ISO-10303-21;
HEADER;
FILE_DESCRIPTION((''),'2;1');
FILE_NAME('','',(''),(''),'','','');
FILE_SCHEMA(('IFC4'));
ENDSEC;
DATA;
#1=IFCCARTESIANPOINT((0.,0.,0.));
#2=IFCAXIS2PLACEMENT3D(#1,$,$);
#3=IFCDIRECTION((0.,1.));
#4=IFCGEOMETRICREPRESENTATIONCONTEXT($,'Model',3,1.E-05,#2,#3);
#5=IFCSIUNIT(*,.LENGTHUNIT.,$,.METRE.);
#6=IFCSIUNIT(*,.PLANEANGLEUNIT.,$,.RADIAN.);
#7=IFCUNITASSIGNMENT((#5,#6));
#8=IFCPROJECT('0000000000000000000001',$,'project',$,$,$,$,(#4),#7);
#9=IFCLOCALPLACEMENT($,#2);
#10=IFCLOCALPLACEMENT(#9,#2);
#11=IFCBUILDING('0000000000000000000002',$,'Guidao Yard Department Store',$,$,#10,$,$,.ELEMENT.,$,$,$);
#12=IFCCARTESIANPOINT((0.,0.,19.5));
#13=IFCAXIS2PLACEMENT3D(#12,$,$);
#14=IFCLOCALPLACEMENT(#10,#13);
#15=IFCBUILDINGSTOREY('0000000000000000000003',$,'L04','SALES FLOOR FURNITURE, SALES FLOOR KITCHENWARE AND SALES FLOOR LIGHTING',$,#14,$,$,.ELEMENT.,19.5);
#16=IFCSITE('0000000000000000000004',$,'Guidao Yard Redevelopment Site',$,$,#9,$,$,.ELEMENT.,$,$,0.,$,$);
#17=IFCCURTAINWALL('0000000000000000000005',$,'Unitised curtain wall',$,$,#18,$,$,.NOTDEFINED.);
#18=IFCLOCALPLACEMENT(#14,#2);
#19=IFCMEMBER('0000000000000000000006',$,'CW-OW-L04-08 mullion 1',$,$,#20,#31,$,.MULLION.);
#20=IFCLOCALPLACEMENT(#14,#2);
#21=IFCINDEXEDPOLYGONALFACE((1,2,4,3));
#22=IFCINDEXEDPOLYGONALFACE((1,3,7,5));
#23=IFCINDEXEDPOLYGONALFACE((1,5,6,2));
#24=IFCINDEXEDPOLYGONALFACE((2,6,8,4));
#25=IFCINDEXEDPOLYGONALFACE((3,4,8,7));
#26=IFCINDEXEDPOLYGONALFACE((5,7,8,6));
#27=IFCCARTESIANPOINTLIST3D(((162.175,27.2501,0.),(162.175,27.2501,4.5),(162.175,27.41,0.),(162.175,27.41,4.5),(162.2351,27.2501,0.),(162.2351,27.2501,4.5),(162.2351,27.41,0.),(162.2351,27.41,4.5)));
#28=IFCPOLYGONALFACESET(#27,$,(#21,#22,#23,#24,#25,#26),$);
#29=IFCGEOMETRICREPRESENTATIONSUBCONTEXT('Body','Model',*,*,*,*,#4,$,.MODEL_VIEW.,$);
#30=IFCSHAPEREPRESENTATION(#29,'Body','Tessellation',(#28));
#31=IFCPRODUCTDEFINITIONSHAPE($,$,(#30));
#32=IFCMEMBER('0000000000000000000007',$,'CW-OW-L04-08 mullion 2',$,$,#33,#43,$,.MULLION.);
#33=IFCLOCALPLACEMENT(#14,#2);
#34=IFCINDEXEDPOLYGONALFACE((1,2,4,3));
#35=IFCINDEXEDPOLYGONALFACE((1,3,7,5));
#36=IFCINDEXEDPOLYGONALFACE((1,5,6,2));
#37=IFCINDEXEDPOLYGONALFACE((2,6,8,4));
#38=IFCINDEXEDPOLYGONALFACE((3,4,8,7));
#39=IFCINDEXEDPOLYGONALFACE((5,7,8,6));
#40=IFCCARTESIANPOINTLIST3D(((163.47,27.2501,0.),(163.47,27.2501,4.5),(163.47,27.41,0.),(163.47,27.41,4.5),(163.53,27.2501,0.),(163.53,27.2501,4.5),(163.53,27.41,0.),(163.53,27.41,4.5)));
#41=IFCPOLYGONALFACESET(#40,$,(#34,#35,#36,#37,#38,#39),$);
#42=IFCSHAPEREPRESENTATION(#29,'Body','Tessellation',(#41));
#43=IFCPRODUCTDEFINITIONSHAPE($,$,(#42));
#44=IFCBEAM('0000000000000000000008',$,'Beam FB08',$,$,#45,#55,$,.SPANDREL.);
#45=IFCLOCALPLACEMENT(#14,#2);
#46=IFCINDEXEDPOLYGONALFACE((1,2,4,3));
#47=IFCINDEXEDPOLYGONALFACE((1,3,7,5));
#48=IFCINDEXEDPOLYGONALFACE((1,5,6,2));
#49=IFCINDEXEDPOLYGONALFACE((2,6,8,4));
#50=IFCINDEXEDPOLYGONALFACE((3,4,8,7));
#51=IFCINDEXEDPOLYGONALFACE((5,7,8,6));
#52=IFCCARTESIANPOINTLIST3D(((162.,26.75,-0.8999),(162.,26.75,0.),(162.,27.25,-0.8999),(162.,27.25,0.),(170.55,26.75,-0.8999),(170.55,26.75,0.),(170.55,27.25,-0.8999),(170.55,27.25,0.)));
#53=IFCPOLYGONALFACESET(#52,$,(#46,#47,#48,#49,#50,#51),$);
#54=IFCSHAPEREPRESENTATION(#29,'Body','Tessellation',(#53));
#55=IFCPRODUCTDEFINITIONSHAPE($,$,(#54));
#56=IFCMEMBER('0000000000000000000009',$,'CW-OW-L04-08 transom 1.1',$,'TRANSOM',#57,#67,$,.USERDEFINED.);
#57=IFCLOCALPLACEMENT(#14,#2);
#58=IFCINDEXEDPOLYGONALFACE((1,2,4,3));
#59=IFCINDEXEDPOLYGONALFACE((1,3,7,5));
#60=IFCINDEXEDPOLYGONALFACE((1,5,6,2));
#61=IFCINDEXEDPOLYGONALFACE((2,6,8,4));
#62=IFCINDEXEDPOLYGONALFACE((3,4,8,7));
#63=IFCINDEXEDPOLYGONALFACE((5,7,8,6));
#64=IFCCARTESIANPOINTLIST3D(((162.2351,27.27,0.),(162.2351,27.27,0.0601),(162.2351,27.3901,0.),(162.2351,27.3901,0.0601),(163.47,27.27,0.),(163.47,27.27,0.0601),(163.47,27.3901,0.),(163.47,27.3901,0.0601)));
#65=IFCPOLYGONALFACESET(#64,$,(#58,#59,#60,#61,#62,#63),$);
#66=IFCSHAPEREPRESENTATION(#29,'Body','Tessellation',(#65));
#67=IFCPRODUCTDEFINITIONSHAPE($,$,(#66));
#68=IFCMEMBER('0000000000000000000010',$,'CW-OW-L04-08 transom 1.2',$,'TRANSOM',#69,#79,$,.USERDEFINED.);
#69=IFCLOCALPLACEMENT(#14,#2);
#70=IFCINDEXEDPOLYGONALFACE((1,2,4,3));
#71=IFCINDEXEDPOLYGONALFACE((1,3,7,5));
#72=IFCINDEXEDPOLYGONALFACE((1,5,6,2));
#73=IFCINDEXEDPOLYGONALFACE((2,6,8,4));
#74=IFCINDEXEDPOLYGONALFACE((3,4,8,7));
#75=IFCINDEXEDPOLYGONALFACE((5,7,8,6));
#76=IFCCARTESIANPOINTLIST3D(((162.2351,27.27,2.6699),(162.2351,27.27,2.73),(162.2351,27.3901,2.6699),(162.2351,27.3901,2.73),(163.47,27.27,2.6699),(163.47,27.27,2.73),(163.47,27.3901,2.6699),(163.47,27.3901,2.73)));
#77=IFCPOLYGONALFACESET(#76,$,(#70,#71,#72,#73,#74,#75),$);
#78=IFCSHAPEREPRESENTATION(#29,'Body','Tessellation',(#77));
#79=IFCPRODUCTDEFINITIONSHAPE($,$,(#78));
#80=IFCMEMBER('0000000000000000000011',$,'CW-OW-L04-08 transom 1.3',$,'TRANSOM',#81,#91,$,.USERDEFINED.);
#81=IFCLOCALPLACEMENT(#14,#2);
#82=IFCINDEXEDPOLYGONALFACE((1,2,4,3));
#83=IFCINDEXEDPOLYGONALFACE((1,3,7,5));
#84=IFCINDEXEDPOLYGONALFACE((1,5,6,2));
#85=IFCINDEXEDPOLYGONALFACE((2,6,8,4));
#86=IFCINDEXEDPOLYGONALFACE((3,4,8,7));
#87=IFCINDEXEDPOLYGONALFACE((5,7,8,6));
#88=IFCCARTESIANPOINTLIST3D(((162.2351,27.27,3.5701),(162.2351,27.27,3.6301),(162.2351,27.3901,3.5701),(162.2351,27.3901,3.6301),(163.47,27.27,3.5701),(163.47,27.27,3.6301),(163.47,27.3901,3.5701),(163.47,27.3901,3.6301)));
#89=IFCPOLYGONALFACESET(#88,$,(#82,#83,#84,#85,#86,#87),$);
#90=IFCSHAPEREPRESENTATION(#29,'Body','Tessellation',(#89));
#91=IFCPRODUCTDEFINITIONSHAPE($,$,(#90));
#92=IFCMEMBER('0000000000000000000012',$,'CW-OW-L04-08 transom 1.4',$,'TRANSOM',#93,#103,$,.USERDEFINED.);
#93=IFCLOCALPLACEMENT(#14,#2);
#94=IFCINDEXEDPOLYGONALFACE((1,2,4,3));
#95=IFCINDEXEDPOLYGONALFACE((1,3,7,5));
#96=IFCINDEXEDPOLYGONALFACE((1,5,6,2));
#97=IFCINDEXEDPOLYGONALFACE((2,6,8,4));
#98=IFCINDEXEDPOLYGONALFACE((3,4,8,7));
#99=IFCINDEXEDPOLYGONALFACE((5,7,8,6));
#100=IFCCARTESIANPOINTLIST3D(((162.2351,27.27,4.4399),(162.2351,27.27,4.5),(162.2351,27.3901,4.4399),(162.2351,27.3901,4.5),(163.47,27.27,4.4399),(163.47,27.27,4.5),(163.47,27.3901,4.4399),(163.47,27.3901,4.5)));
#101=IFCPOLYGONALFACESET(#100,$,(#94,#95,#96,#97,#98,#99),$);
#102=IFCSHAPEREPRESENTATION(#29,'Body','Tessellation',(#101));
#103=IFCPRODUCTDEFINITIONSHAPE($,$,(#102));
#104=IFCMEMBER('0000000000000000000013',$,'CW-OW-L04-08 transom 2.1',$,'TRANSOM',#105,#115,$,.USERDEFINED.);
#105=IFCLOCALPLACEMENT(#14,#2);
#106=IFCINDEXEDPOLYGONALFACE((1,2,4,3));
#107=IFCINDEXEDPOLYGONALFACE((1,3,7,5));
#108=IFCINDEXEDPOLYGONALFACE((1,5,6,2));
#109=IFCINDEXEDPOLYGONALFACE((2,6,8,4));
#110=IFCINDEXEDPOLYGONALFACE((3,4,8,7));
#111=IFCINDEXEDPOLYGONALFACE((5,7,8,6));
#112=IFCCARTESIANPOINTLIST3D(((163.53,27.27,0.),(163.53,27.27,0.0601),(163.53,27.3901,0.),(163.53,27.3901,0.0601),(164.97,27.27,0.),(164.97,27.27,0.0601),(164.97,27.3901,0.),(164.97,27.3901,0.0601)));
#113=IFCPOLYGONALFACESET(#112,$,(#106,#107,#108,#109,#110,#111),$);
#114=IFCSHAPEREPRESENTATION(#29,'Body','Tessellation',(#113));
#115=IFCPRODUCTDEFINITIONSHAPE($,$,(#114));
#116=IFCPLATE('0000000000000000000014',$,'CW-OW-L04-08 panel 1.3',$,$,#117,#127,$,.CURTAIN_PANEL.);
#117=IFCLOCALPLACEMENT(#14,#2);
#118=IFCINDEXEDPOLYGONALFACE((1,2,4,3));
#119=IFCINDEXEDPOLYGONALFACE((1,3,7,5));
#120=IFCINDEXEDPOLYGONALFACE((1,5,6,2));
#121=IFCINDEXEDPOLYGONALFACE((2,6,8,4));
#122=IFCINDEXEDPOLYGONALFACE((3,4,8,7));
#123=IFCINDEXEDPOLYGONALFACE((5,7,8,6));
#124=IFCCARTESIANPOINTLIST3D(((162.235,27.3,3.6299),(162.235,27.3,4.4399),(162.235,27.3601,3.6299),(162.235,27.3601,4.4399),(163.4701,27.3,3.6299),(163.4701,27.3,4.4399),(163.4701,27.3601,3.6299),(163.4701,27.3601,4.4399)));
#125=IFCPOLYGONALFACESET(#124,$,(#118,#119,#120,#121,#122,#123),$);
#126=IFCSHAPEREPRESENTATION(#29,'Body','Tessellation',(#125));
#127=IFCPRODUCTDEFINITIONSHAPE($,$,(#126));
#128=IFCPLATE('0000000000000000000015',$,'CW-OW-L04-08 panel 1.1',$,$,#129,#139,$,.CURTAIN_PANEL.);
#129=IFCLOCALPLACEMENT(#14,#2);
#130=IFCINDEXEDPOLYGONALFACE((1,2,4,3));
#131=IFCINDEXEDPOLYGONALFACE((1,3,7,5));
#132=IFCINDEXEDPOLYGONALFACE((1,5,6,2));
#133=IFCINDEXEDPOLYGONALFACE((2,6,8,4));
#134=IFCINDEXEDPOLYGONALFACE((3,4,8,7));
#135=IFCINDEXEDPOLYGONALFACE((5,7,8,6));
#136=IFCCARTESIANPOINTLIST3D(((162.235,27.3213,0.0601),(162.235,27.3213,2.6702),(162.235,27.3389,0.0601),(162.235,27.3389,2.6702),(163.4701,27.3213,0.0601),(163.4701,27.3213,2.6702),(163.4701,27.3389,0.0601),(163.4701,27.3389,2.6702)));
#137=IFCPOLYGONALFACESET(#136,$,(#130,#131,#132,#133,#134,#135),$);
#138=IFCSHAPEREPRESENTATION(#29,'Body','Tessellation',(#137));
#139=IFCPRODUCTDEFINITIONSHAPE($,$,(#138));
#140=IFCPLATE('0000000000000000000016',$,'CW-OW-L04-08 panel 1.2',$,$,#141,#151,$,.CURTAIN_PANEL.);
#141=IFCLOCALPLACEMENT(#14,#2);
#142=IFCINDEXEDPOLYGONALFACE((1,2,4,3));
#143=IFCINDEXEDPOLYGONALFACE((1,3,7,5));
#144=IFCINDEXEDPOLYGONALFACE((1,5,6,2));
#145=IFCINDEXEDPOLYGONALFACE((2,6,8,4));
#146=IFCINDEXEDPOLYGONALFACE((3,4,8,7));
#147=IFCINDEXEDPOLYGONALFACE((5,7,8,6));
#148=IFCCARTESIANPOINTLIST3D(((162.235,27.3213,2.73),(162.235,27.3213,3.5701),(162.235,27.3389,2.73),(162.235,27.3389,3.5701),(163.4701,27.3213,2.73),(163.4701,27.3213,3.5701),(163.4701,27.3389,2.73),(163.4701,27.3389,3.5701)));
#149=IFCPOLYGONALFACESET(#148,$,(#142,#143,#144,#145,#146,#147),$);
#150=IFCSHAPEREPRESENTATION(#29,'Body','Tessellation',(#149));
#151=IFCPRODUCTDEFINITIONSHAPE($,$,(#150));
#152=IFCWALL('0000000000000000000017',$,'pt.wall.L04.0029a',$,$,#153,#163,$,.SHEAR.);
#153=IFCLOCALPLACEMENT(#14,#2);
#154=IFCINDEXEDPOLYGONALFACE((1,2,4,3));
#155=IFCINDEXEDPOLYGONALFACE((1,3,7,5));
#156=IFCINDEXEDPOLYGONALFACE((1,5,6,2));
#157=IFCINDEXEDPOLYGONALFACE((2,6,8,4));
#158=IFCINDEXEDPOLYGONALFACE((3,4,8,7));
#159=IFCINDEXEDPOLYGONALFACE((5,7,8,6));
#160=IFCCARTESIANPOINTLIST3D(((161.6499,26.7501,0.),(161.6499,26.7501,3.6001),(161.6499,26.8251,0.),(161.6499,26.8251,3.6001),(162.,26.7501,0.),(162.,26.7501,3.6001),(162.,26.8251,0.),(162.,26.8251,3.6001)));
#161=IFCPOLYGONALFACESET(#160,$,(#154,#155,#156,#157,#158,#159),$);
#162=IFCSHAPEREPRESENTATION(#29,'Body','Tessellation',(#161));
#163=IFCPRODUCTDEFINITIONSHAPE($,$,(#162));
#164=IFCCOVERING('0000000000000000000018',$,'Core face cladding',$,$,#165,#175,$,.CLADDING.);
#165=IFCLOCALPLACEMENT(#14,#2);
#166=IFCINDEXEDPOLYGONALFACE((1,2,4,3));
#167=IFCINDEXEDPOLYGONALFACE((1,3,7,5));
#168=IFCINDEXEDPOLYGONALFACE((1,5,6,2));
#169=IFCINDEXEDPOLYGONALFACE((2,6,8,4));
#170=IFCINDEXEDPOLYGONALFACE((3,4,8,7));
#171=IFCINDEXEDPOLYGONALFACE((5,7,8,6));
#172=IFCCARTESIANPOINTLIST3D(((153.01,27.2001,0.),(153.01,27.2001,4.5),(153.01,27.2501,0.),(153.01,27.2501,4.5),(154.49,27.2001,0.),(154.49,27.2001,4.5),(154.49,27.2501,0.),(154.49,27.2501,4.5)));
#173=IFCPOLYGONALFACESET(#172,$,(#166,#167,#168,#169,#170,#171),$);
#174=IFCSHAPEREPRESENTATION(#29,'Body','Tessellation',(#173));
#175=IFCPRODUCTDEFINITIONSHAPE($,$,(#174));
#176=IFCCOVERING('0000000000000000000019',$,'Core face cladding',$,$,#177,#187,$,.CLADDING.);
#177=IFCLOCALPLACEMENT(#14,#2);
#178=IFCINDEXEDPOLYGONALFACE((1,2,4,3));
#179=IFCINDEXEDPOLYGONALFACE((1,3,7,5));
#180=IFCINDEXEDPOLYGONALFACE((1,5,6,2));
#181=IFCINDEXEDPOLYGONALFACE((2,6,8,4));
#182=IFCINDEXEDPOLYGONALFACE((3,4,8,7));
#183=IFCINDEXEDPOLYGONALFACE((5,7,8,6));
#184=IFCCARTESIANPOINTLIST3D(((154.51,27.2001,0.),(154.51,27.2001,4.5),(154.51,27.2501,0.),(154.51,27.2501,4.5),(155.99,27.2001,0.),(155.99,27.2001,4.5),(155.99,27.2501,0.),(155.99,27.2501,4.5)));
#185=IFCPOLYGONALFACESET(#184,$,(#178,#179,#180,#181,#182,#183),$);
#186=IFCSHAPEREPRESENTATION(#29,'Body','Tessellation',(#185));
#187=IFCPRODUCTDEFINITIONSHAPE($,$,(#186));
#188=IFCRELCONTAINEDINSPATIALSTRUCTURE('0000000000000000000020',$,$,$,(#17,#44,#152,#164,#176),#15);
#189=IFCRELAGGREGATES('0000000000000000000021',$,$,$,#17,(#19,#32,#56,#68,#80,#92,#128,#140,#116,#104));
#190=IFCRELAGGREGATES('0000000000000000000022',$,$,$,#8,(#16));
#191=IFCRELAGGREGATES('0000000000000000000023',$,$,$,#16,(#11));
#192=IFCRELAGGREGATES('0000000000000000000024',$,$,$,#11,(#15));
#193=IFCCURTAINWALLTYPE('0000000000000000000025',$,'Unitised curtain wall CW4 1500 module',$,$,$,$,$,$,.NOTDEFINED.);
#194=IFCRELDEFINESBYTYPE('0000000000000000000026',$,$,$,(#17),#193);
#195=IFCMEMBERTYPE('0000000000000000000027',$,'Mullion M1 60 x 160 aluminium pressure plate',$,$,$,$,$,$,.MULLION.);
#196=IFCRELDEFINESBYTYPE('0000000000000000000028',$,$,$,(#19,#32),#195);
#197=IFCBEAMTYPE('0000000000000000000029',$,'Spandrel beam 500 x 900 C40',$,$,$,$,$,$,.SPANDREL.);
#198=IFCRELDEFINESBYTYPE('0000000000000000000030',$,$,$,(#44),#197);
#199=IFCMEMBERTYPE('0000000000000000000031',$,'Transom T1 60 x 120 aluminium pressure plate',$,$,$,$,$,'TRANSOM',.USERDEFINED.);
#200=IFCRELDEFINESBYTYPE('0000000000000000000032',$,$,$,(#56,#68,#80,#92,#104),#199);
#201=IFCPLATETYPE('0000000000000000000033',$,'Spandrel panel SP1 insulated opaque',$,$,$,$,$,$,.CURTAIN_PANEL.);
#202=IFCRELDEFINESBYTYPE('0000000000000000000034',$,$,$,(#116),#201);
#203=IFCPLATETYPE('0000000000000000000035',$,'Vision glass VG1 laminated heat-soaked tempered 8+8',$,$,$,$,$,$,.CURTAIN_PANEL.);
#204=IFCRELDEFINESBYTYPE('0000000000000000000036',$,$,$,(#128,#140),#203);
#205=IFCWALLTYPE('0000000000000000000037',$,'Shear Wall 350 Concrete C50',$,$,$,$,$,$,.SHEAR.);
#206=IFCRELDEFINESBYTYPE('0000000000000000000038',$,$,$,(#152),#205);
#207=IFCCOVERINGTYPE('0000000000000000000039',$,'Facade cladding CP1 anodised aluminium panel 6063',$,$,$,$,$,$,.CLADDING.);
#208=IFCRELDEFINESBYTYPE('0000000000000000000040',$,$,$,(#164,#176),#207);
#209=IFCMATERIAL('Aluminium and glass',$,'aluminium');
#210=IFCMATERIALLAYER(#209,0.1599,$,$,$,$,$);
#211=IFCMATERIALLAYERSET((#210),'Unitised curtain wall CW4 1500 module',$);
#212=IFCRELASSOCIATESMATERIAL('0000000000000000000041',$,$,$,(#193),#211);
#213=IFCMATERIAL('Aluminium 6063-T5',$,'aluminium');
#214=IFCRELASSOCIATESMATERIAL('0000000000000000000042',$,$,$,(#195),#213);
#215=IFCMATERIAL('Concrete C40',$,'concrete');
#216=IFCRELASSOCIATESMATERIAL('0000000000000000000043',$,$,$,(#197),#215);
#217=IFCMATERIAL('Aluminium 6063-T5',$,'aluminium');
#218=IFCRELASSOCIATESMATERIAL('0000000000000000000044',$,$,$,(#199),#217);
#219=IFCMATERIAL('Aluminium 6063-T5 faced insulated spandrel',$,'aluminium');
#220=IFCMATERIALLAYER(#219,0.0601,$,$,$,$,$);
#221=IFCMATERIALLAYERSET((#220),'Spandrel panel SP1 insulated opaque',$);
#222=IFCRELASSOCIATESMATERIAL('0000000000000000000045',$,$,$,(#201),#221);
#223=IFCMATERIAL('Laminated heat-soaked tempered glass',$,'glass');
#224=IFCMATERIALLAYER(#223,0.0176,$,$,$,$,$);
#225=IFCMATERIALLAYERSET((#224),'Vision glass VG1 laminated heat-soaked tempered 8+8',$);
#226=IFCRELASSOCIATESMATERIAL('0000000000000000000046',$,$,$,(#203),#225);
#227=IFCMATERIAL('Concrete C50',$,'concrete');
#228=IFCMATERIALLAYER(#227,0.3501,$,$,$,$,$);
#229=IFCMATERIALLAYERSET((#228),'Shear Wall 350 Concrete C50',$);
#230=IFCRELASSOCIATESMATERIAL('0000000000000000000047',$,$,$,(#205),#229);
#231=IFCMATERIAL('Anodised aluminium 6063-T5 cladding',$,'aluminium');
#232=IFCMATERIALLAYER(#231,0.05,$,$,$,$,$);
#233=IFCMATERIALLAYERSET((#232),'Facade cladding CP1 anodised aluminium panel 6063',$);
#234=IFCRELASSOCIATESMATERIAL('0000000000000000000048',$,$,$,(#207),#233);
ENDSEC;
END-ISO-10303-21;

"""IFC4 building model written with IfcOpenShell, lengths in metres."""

from ifc_helpers import new_model, si_unit, direction, frame, frame_2d, origin, origin_2d, place, context, subcontext, project, spatial, rectangle, extrude, material, layer, layer_set, material_profile, profile_set, type_object, element, aggregate, save


model = new_model("IFC4")

# Units and contexts
model_context = context("Model", 3, precision=1e-05, world=origin(), true_north=direction((0.0, 1.0)))
body_context = subcontext(model_context, "Body", "Model", "MODEL_VIEW")
ifc_project = project(units=[si_unit("LENGTHUNIT", "METRE"), si_unit("PLANEANGLEUNIT", "RADIAN")], contexts=[model_context])

# Site, building, storey
site_placement = place(None, origin())
site = spatial("IfcSite", under=ifc_project, at=site_placement, Name="Guidao Yard Redevelopment Site", CompositionType="ELEMENT", RefElevation=0.0)
building_placement = place(site_placement, origin())
building = spatial("IfcBuilding", under=site, at=building_placement, Name="Guidao Yard Department Store", CompositionType="ELEMENT")
storey_placement = place(building_placement, frame((0.0, 0.0, 19.5)))
storey = spatial("IfcBuildingStorey", under=building, at=storey_placement, Name="L04", Description="SALES FLOOR FURNITURE, SALES FLOOR KITCHENWARE AND SALES FLOOR LIGHTING", CompositionType="ELEMENT", Elevation=19.5)

# Curtain wall, members
ifc_material_1 = material(Name="Aluminium and glass", Category="aluminium")
ifc_layer_1 = layer(ifc_material_1, 0.1599)
ifc_layer_set_1 = layer_set([ifc_layer_1], Name="Unitised curtain wall CW4 1500 module")
curtain_wall_type = type_object("IfcCurtainWallType", Name="Unitised curtain wall CW4 1500 module", PredefinedType="NOTDEFINED", material=ifc_layer_set_1)
curtain_wall_placement = place(storey_placement, origin())
curtain_wall = element("IfcCurtainWall", 1, at=curtain_wall_placement, inside=storey, type_object=curtain_wall_type, Name="Unitised curtain wall", PredefinedType="NOTDEFINED")
ifc_material_2 = material(Name="Aluminium 6063-T5", Category="aluminium")
ifc_material_profile_1 = material_profile(ifc_material_2, rectangle(XDim=0.0601, YDim=0.1599, at=origin_2d()), Name="Mullion M1 60 x 160 aluminium pressure plate")
ifc_profile_set_1 = profile_set([ifc_material_profile_1], Name="Aluminium 6063-T5")
member_type_1 = type_object("IfcMemberType", Name="Mullion M1 60 x 160 aluminium pressure plate", PredefinedType="MULLION", material=ifc_profile_set_1)
member_1_placement = place(storey_placement, frame((162.2051, 27.3301, 0.0), z_axis=(0.0, 0.0, 1.0), x_axis=(1.0, 0.0, 0.0)))
member_1 = element("IfcMember", 2, at=member_1_placement, type_object=member_type_1, Name="CW-OW-L04-08 mullion 1", PredefinedType="MULLION", context=body_context, shape_type="SweptSolid", body=[
    extrude(rectangle(XDim=0.0601, YDim=0.1599, at=origin_2d()), origin(), (0.0, 0.0, 1.0), 4.5),
])
member_2_placement = place(storey_placement, frame((163.5, 27.3301, 0.0), z_axis=(0.0, 0.0, 1.0), x_axis=(1.0, 0.0, 0.0)))
member_2 = element("IfcMember", 3, at=member_2_placement, type_object=member_type_1, Name="CW-OW-L04-08 mullion 2", PredefinedType="MULLION", context=body_context, shape_type="SweptSolid", body=[
    extrude(rectangle(XDim=0.0601, YDim=0.1599, at=origin_2d()), origin(), (0.0, 0.0, 1.0), 4.5),
])

# Beam
ifc_material_3 = material(Name="Concrete C40", Category="concrete")
ifc_material_profile_2 = material_profile(ifc_material_3, rectangle(XDim=0.5, YDim=0.8999, at=origin_2d()), Name="Spandrel beam 500 x 900 C40")
ifc_profile_set_2 = profile_set([ifc_material_profile_2], Name="Concrete C40")
beam_type = type_object("IfcBeamType", Name="Spandrel beam 500 x 900 C40", PredefinedType="SPANDREL", material=ifc_profile_set_2)
beam_placement = place(storey_placement, frame((162.0, 27.0, -0.45), z_axis=(1.0, 0.0, 0.0), x_axis=(0.0, 1.0, 0.0)))
element("IfcBeam", 4, at=beam_placement, inside=storey, type_object=beam_type, Name="Beam FB08", PredefinedType="SPANDREL", context=body_context, shape_type="SweptSolid", body=[
    extrude(rectangle(XDim=0.5, YDim=0.8999, at=origin_2d()), origin(), (0.0, 0.0, 1.0), 8.55),
])

# Members
ifc_material_4 = material(Name="Aluminium 6063-T5", Category="aluminium")
ifc_material_profile_3 = material_profile(ifc_material_4, rectangle(XDim=0.1201, YDim=0.0601, at=origin_2d()), Name="Transom T1 60 x 120 aluminium pressure plate")
ifc_profile_set_3 = profile_set([ifc_material_profile_3], Name="Aluminium 6063-T5")
member_type_2 = type_object("IfcMemberType", Name="Transom T1 60 x 120 aluminium pressure plate", ElementType="TRANSOM", PredefinedType="USERDEFINED", material=ifc_profile_set_3)
member_3_placement = place(storey_placement, frame((162.2351, 27.3301, 0.03), z_axis=(1.0, 0.0, 0.0), x_axis=(0.0, 1.0, 0.0)))
member_3 = element("IfcMember", 5, at=member_3_placement, type_object=member_type_2, Name="CW-OW-L04-08 transom 1.1", ObjectType="TRANSOM", PredefinedType="USERDEFINED", context=body_context, shape_type="SweptSolid", body=[
    extrude(rectangle(XDim=0.1201, YDim=0.0601, at=origin_2d()), origin(), (0.0, 0.0, 1.0), 1.2349),
])
member_4_placement = place(storey_placement, frame((162.2351, 27.3301, 2.7), z_axis=(1.0, 0.0, 0.0), x_axis=(0.0, 1.0, 0.0)))
member_4 = element("IfcMember", 6, at=member_4_placement, type_object=member_type_2, Name="CW-OW-L04-08 transom 1.2", ObjectType="TRANSOM", PredefinedType="USERDEFINED", context=body_context, shape_type="SweptSolid", body=[
    extrude(rectangle(XDim=0.1201, YDim=0.0601, at=origin_2d()), origin(), (0.0, 0.0, 1.0), 1.2349),
])
member_5_placement = place(storey_placement, frame((162.2351, 27.3301, 3.6001), z_axis=(1.0, 0.0, 0.0), x_axis=(0.0, 1.0, 0.0)))
member_5 = element("IfcMember", 7, at=member_5_placement, type_object=member_type_2, Name="CW-OW-L04-08 transom 1.3", ObjectType="TRANSOM", PredefinedType="USERDEFINED", context=body_context, shape_type="SweptSolid", body=[
    extrude(rectangle(XDim=0.1201, YDim=0.0601, at=origin_2d()), origin(), (0.0, 0.0, 1.0), 1.2349),
])
member_6_placement = place(storey_placement, frame((162.2351, 27.3301, 4.47), z_axis=(1.0, 0.0, 0.0), x_axis=(0.0, 1.0, 0.0)))
member_6 = element("IfcMember", 8, at=member_6_placement, type_object=member_type_2, Name="CW-OW-L04-08 transom 1.4", ObjectType="TRANSOM", PredefinedType="USERDEFINED", context=body_context, shape_type="SweptSolid", body=[
    extrude(rectangle(XDim=0.1201, YDim=0.0601, at=origin_2d()), origin(), (0.0, 0.0, 1.0), 1.2349),
])
member_7_placement = place(storey_placement, frame((163.53, 27.3301, 0.03), z_axis=(1.0, 0.0, 0.0), x_axis=(0.0, 1.0, 0.0)))
member_7 = element("IfcMember", 9, at=member_7_placement, type_object=member_type_2, Name="CW-OW-L04-08 transom 2.1", ObjectType="TRANSOM", PredefinedType="USERDEFINED", context=body_context, shape_type="SweptSolid", body=[
    extrude(rectangle(XDim=0.1201, YDim=0.0601, at=origin_2d()), origin(), (0.0, 0.0, 1.0), 1.4399),
])

# Plates
ifc_material_5 = material(Name="Aluminium 6063-T5 faced insulated spandrel", Category="aluminium")
ifc_layer_2 = layer(ifc_material_5, 0.0601)
ifc_layer_set_2 = layer_set([ifc_layer_2], Name="Spandrel panel SP1 insulated opaque")
plate_type_1 = type_object("IfcPlateType", Name="Spandrel panel SP1 insulated opaque", PredefinedType="CURTAIN_PANEL", material=ifc_layer_set_2)
plate_1_placement = place(storey_placement, frame((162.8525, 27.3301, 3.6299), z_axis=(0.0, 0.0, 1.0), x_axis=(1.0, 0.0, 0.0)))
plate_1 = element("IfcPlate", 10, at=plate_1_placement, type_object=plate_type_1, Name="CW-OW-L04-08 panel 1.3", PredefinedType="CURTAIN_PANEL", context=body_context, shape_type="SweptSolid", body=[
    extrude(rectangle(XDim=1.2351, YDim=0.0601, at=origin_2d()), origin(), (0.0, 0.0, 1.0), 0.8101),
])
ifc_material_6 = material(Name="Laminated heat-soaked tempered glass", Category="glass")
ifc_layer_3 = layer(ifc_material_6, 0.0176)
ifc_layer_set_3 = layer_set([ifc_layer_3], Name="Vision glass VG1 laminated heat-soaked tempered 8+8")
plate_type_2 = type_object("IfcPlateType", Name="Vision glass VG1 laminated heat-soaked tempered 8+8", PredefinedType="CURTAIN_PANEL", material=ifc_layer_set_3)
plate_2_placement = place(storey_placement, frame((162.8525, 27.3301, 0.0601), z_axis=(0.0, 0.0, 1.0), x_axis=(1.0, 0.0, 0.0)))
plate_2 = element("IfcPlate", 11, at=plate_2_placement, type_object=plate_type_2, Name="CW-OW-L04-08 panel 1.1", PredefinedType="CURTAIN_PANEL", context=body_context, shape_type="SweptSolid", body=[
    extrude(rectangle(XDim=1.2351, YDim=0.0176, at=origin_2d()), origin(), (0.0, 0.0, 1.0), 2.6101),
])
plate_3_placement = place(storey_placement, frame((162.8525, 27.3301, 2.73), z_axis=(0.0, 0.0, 1.0), x_axis=(1.0, 0.0, 0.0)))
plate_3 = element("IfcPlate", 12, at=plate_3_placement, type_object=plate_type_2, Name="CW-OW-L04-08 panel 1.2", PredefinedType="CURTAIN_PANEL", context=body_context, shape_type="SweptSolid", body=[
    extrude(rectangle(XDim=1.2351, YDim=0.0176, at=origin_2d()), origin(), (0.0, 0.0, 1.0), 0.8401),
])
aggregate(curtain_wall, [member_1, member_2, member_3, member_4, member_5, member_6, plate_2, plate_3, plate_1, member_7])

# Wall
ifc_material_7 = material(Name="Concrete C50", Category="concrete")
ifc_layer_4 = layer(ifc_material_7, 0.3501)
ifc_layer_set_4 = layer_set([ifc_layer_4], Name="Shear Wall 350 Concrete C50")
wall_type = type_object("IfcWallType", Name="Shear Wall 350 Concrete C50", PredefinedType="SHEAR", material=ifc_layer_set_4)
wall_placement = place(storey_placement, frame((161.825, 26.75, 0.0), z_axis=(0.0, 0.0, 1.0), x_axis=(0.0, 1.0, 0.0)))
element("IfcWall", 13, at=wall_placement, inside=storey, type_object=wall_type, Name="pt.wall.L04.0029a", PredefinedType="SHEAR", context=body_context, shape_type="SweptSolid", body=[
    extrude(rectangle(XDim=0.075, YDim=0.3501, at=frame_2d((0.0376, 0.0))), origin(), (0.0, 0.0, 1.0), 3.6001),
])

# Coverings
ifc_material_8 = material(Name="Anodised aluminium 6063-T5 cladding", Category="aluminium")
ifc_layer_5 = layer(ifc_material_8, 0.05)
ifc_layer_set_5 = layer_set([ifc_layer_5], Name="Facade cladding CP1 anodised aluminium panel 6063")
covering_type = type_object("IfcCoveringType", Name="Facade cladding CP1 anodised aluminium panel 6063", PredefinedType="CLADDING", material=ifc_layer_set_5)
for number, where, z_axis, x_axis, name in (
    (14, (153.75, 27.2251, 0.0), (0.0, 0.0, 1.0), (1.0, 0.0, 0.0), "Core face cladding"),
    (15, (155.25, 27.2251, 0.0), (0.0, 0.0, 1.0), (1.0, 0.0, 0.0), "Core face cladding"),
):
    element("IfcCovering", number, at=place(storey_placement, frame(where, z_axis=z_axis, x_axis=x_axis)), inside=storey, type_object=covering_type, Name=name, PredefinedType="CLADDING", context=body_context, shape_type="SweptSolid", body=[
        extrude(rectangle(XDim=1.48, YDim=0.05, at=origin_2d()), origin(), (0.0, 0.0, 1.0), 4.5),
    ])

save(model, "model.ifc")
